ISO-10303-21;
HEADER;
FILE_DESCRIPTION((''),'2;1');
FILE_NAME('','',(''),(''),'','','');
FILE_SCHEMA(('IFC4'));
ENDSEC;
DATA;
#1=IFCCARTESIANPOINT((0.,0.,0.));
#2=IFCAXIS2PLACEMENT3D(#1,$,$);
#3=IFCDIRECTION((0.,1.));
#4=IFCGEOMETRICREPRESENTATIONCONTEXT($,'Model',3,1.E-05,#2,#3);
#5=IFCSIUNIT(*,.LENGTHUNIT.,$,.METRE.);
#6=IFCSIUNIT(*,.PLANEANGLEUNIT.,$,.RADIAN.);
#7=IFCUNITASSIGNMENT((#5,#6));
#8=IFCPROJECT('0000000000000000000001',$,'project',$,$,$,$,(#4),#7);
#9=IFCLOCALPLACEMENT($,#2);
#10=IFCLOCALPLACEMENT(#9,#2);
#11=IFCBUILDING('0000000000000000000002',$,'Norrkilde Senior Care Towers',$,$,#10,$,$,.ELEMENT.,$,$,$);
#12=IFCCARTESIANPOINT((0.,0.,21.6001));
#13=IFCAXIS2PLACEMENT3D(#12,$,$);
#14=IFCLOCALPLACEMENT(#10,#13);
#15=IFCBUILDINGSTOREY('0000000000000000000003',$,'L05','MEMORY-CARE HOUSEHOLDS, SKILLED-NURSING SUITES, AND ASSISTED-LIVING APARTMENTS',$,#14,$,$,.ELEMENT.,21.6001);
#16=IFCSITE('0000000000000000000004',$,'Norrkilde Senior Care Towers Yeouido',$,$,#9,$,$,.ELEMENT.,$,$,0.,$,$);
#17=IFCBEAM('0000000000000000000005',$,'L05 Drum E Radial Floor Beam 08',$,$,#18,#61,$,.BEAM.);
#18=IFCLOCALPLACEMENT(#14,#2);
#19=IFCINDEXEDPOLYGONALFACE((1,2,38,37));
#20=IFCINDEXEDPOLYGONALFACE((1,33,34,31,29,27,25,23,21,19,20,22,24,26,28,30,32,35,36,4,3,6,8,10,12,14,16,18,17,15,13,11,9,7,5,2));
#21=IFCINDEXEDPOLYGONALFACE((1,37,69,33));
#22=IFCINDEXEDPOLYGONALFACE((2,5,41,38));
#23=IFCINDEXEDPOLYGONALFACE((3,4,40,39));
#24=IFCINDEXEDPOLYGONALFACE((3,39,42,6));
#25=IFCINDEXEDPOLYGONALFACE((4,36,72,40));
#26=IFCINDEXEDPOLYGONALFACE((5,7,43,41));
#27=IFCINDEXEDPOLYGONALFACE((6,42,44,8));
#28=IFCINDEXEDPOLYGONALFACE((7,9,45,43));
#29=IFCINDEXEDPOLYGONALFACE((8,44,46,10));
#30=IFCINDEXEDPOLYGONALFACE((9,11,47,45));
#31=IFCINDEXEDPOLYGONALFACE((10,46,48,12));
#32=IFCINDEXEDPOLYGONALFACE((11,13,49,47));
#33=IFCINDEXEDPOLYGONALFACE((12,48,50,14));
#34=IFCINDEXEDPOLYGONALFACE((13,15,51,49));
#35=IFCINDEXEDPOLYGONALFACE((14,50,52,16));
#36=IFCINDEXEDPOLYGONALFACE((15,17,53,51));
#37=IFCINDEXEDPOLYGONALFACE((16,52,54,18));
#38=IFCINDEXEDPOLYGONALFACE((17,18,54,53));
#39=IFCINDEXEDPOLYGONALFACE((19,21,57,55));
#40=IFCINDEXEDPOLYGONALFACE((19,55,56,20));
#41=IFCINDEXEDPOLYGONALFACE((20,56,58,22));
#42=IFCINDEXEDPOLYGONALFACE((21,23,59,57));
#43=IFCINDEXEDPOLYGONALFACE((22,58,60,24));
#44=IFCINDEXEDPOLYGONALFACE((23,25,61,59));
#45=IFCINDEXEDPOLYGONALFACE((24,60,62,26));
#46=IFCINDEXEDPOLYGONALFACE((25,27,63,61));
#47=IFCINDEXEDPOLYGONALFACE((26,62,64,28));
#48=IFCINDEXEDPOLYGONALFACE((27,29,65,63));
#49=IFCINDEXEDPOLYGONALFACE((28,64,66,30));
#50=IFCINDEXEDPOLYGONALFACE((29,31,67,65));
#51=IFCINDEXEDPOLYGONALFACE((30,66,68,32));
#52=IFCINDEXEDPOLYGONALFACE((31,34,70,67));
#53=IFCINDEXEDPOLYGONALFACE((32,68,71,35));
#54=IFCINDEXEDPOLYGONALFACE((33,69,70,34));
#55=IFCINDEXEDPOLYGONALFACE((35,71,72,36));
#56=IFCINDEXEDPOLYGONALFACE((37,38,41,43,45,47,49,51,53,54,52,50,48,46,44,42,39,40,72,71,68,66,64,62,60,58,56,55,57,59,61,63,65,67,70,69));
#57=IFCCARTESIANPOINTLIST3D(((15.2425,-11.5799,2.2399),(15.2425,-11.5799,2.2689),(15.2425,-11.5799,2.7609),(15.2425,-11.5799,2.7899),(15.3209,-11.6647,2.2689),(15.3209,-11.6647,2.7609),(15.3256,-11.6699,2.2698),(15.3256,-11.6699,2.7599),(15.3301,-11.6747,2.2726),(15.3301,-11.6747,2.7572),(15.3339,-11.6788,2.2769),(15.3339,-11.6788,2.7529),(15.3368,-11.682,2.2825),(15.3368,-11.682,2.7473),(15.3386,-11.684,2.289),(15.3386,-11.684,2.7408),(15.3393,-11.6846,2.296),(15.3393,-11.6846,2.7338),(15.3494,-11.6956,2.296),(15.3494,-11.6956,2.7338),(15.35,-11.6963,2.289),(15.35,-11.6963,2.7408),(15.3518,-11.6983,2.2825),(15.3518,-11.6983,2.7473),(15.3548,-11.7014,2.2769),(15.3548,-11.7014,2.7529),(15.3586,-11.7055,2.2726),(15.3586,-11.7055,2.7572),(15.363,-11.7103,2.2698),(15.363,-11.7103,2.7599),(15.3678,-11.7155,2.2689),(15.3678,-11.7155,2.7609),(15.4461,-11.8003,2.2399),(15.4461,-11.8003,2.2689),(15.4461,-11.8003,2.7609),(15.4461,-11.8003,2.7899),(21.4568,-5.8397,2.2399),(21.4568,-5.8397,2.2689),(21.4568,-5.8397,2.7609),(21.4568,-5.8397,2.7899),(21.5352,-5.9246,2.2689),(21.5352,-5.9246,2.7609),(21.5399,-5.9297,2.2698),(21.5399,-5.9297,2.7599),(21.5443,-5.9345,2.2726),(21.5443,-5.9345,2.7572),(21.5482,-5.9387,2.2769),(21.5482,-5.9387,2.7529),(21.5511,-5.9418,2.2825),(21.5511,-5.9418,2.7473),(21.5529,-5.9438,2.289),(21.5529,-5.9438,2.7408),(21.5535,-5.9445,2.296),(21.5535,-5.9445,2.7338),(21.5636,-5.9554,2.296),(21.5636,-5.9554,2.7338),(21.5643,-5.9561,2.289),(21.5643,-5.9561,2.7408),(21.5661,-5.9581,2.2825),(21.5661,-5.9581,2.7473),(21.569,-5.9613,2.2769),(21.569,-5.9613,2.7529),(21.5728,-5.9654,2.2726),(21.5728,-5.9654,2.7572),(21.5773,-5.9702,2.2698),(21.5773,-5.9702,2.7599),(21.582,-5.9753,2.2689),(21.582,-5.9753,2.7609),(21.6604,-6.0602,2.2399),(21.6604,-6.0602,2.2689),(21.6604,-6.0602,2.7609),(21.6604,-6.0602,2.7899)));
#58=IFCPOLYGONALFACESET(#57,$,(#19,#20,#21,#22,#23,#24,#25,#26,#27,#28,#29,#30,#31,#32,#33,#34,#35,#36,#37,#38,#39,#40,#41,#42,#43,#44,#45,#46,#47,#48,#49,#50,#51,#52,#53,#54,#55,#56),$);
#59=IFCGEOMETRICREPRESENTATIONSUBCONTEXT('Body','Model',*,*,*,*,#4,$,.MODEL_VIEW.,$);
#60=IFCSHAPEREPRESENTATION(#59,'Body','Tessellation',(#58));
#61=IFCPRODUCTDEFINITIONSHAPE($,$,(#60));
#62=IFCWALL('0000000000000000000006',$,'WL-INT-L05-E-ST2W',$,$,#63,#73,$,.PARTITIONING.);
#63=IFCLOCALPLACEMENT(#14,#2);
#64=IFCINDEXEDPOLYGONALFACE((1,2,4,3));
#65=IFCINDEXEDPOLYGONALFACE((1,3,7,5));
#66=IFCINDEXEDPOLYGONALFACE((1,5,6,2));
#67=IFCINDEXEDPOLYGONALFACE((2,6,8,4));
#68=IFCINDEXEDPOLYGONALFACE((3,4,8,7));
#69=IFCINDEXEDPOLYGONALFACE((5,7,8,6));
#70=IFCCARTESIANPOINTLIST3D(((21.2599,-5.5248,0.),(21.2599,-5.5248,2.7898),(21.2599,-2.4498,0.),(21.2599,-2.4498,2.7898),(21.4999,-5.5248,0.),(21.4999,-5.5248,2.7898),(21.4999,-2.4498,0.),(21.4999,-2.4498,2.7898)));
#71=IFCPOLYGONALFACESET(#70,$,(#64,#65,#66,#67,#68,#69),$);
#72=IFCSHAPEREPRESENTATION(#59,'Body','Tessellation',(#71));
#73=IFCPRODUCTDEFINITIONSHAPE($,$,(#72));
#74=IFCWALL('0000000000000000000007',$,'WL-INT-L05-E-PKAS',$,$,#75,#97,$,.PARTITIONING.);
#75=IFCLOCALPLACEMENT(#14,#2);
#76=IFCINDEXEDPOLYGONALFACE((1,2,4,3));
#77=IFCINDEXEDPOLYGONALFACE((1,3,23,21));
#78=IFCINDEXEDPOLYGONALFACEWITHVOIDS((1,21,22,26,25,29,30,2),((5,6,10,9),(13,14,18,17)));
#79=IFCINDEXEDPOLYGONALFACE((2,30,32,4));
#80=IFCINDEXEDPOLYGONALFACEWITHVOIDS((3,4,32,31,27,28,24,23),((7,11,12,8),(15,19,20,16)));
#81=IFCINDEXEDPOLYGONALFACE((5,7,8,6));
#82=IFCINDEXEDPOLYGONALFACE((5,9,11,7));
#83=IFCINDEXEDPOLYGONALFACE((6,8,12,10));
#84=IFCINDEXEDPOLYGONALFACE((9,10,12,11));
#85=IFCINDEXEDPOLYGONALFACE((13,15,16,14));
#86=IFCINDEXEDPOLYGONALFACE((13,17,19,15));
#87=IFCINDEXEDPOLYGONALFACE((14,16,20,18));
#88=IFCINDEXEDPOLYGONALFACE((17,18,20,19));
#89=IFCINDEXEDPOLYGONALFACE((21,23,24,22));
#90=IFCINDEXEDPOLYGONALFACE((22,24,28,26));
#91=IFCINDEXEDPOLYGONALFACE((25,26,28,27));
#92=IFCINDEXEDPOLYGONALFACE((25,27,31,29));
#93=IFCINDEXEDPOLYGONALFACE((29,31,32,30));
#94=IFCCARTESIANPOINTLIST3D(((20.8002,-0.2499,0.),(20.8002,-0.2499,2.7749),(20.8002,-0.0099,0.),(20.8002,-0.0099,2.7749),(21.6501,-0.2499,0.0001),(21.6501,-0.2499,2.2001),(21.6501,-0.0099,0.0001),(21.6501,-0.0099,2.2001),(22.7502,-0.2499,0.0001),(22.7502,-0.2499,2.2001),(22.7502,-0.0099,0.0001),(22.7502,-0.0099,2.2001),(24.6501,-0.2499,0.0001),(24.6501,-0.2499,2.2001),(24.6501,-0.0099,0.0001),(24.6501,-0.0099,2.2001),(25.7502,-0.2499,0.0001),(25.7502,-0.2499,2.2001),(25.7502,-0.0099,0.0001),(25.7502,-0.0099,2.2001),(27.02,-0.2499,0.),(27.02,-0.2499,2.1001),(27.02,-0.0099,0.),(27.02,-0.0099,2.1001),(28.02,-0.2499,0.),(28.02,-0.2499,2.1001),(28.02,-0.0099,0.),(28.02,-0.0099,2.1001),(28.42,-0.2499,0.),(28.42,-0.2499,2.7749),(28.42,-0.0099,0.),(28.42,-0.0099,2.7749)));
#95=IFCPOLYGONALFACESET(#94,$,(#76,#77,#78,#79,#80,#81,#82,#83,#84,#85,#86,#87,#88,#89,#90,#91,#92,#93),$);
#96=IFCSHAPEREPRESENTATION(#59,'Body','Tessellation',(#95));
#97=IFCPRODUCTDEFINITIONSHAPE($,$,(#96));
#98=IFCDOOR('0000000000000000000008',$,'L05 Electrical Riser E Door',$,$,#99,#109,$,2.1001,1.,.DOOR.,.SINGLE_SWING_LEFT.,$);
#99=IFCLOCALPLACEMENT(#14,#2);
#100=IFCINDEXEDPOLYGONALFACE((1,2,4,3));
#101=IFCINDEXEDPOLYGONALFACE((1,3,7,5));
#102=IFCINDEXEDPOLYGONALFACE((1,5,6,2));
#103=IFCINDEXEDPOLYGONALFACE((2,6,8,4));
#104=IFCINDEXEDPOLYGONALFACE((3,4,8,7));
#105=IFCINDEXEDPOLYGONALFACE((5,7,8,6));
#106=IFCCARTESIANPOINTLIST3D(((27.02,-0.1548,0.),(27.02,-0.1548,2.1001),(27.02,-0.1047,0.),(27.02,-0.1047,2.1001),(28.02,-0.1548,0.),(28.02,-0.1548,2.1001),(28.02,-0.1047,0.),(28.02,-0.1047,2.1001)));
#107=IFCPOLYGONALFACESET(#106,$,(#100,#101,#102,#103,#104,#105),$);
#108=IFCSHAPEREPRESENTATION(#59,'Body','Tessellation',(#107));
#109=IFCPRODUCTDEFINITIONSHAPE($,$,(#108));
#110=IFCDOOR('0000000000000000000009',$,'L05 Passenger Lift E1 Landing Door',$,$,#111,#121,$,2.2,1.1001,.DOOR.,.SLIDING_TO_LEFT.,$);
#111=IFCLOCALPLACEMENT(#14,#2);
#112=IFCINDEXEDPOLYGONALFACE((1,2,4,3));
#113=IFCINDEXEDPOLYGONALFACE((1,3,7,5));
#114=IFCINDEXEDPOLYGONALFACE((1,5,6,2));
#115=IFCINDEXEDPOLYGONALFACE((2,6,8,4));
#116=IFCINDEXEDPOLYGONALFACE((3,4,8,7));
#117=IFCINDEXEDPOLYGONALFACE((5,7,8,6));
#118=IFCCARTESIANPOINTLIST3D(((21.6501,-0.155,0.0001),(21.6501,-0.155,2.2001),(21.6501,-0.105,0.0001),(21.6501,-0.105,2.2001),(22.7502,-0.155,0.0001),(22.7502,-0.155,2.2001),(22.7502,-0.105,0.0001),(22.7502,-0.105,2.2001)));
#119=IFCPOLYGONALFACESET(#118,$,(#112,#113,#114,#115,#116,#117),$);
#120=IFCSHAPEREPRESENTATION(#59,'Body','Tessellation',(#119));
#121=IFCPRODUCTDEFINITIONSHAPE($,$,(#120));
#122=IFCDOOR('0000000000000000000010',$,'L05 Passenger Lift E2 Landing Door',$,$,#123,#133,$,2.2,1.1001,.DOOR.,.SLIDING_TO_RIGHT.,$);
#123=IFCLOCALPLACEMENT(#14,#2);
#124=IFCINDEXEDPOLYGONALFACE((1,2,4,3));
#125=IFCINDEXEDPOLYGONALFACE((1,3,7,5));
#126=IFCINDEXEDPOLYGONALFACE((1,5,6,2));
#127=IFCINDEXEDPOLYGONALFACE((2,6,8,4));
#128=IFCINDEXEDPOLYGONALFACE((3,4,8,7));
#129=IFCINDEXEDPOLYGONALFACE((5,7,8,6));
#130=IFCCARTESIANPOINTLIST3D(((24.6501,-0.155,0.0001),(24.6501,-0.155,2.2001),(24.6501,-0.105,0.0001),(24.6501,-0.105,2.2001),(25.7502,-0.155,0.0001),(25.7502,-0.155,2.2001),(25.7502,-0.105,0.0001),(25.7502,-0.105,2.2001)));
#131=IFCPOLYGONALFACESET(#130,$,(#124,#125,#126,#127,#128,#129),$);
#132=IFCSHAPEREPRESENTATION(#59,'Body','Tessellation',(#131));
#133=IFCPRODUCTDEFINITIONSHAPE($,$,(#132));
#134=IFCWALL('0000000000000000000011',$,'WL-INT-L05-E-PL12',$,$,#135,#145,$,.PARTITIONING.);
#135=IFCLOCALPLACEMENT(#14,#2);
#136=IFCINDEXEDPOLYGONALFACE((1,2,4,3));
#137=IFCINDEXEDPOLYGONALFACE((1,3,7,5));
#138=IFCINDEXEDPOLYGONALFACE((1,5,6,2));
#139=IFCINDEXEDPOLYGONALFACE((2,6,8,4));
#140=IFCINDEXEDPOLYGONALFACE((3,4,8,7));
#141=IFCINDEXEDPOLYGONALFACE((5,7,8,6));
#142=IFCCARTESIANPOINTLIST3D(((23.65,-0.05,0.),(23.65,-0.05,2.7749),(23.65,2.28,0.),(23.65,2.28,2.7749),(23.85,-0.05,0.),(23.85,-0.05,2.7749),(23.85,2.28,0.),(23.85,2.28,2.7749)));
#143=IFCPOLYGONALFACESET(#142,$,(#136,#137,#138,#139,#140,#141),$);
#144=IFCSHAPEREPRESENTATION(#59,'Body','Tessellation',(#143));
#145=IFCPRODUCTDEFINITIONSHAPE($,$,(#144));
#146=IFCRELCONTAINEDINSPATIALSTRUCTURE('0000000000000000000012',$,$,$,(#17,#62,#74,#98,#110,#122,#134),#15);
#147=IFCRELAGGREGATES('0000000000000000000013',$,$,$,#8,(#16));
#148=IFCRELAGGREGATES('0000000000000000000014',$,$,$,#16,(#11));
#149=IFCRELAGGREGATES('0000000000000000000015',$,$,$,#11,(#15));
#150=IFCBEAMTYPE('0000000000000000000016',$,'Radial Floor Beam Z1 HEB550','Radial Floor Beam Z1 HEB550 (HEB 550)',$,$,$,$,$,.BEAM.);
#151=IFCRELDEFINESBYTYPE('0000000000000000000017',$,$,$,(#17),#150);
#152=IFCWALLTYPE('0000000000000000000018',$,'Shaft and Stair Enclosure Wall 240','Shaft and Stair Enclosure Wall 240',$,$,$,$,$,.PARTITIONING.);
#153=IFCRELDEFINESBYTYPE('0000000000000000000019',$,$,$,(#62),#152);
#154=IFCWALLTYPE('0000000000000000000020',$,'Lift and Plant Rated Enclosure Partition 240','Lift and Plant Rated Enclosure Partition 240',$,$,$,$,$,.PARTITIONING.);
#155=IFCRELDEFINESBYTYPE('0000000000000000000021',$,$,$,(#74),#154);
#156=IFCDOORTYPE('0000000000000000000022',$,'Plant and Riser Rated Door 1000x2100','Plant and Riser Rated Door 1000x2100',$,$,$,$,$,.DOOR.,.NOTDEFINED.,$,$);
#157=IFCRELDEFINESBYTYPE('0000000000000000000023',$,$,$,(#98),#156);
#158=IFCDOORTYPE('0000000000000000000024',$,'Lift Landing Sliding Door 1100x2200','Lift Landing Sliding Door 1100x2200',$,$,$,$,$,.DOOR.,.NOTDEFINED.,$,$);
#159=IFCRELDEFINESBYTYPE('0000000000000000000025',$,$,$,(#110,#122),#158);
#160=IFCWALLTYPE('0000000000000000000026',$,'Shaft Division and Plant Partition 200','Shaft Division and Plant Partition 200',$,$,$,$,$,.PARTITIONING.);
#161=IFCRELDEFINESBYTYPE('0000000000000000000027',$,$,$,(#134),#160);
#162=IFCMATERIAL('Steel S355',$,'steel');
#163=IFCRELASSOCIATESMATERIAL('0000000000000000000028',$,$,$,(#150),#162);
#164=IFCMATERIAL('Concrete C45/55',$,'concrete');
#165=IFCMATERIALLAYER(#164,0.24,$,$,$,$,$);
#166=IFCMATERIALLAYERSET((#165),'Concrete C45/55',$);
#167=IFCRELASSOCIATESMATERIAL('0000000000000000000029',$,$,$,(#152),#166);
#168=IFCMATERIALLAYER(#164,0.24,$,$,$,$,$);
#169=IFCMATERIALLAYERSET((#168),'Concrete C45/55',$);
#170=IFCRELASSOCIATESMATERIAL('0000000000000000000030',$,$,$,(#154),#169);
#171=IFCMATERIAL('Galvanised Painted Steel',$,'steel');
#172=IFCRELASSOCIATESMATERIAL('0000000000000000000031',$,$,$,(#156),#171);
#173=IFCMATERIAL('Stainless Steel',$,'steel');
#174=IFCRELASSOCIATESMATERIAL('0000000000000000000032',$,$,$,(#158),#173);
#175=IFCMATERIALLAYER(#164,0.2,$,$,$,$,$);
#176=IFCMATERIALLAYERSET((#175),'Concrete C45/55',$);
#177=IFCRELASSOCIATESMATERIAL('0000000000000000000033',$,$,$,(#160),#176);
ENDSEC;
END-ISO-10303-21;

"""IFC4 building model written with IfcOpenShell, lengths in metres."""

from ifc_helpers import new_model, si_unit, direction, frame, frame_2d, origin, origin_2d, place, context, subcontext, project, spatial, rectangle, i_section, extrude, source, transform, mapped, material, layer, layer_set, material_profile, profile_set, type_object, type_shapes, element, fill, save


model = new_model("IFC4")

# Units and contexts
model_context = context("Model", 3, precision=1e-05, world=origin(), true_north=direction((0.0, 1.0)))
body_context = subcontext(model_context, "Body", "Model", "MODEL_VIEW")
ifc_project = project(units=[si_unit("LENGTHUNIT", "METRE"), si_unit("PLANEANGLEUNIT", "RADIAN")], contexts=[model_context])

# Site, building, storey
site_placement = place(None, origin())
site = spatial("IfcSite", under=ifc_project, at=site_placement, Name="Norrkilde Senior Care Towers Yeouido", CompositionType="ELEMENT", RefElevation=0.0)
building_placement = place(site_placement, origin())
building = spatial("IfcBuilding", under=site, at=building_placement, Name="Norrkilde Senior Care Towers", CompositionType="ELEMENT")
storey_placement = place(building_placement, frame((0.0, 0.0, 21.6001)))
storey = spatial("IfcBuildingStorey", under=building, at=storey_placement, Name="L05", Description="MEMORY-CARE HOUSEHOLDS, SKILLED-NURSING SUITES, AND ASSISTED-LIVING APARTMENTS", CompositionType="ELEMENT", Elevation=21.6001)

# Beam
ifc_material_1 = material(Name="Steel S355", Category="steel")
ifc_material_profile_1 = material_profile(ifc_material_1, i_section(OverallWidth=0.3, OverallDepth=0.55, WebThickness=0.0149, FlangeThickness=0.0291, FilletRadius=0.0271, at=origin_2d()), Name="HEB 550")
ifc_profile_set_1 = profile_set([ifc_material_profile_1], Name="Steel S355")
beam_type_1 = type_object("IfcBeamType", Name="Radial Floor Beam Z1 HEB550", Description="Radial Floor Beam Z1 HEB550 (HEB 550)", PredefinedType="BEAM", material=ifc_profile_set_1)
shared_shape_1 = source(origin(), body_context, "Body", "SweptSolid", [
    extrude(i_section(OverallWidth=0.3, OverallDepth=0.55, WebThickness=0.0149, FlangeThickness=0.0291, FilletRadius=0.0271, at=origin_2d()), origin(), (0.0, 0.0, 1.0), 8.4597),
])
beam_1_placement = place(storey_placement, frame((21.5586, -5.95, 2.5149), z_axis=(-0.734573, -0.678529, 0.0), x_axis=(0.678529, -0.734573, 0.0)))
element("IfcBeam", 1, at=beam_1_placement, inside=storey, type_object=beam_type_1, Name="L05 Drum E Radial Floor Beam 08", PredefinedType="BEAM", context=body_context, shape_type="MappedRepresentation", body=[
    mapped(shared_shape_1, transform((0.0, 0.0, 0.0), x_axis=(1.0, 0.0, 0.0), y_axis=(0.0, 1.0, 0.0), z_axis=(0.0, 0.0, 1.0), scale=1.0)),
])

# Shared definitions
ifc_material_2 = material(Name="Galvanised Painted Steel", Category="steel")
ifc_material_3 = material(Name="Concrete C45/55", Category="concrete")
ifc_layer_1 = layer(ifc_material_3, 0.24)
ifc_layer_set_1 = layer_set([ifc_layer_1], Name="Concrete C45/55")
wall_type_1 = type_object("IfcWallType", Name="Shaft and Stair Enclosure Wall 240", Description="Shaft and Stair Enclosure Wall 240", PredefinedType="PARTITIONING", material=ifc_layer_set_1)

# Wall
shared_shape_2 = source(origin(), body_context, "Body", "SweptSolid", [
    extrude(rectangle(XDim=3.075, YDim=0.24, at=frame_2d((1.5376, 0.0))), origin(), (0.0, 0.0, 1.0), 2.7898),
])
wall_1_placement = place(storey_placement, frame((21.3799, -5.5249, 0.0), z_axis=(0.0, 0.0, 1.0), x_axis=(0.0, 1.0, 0.0)))
element("IfcWall", 2, at=wall_1_placement, inside=storey, type_object=wall_type_1, Name="WL-INT-L05-E-ST2W", PredefinedType="PARTITIONING", context=body_context, shape_type="MappedRepresentation", body=[
    mapped(shared_shape_2, transform((0.0, 0.0, 0.0), x_axis=(1.0, 0.0, 0.0), y_axis=(0.0, 1.0, 0.0), z_axis=(0.0, 0.0, 1.0), scale=1.0)),
])

# Wall, openings, doors
ifc_layer_2 = layer(ifc_material_3, 0.24)
ifc_layer_set_2 = layer_set([ifc_layer_2], Name="Concrete C45/55")
wall_type_2 = type_object("IfcWallType", Name="Lift and Plant Rated Enclosure Partition 240", Description="Lift and Plant Rated Enclosure Partition 240", PredefinedType="PARTITIONING", material=ifc_layer_set_2)
shared_shape_3 = source(origin(), body_context, "Body", "SweptSolid", [
    extrude(rectangle(XDim=7.6199, YDim=0.24, at=frame_2d((3.8101, 0.0))), origin(), (0.0, 0.0, 1.0), 2.7749),
])
type_shapes(wall_type_2, [shared_shape_3])
wall_2_placement = place(storey_placement, frame((20.8, -0.1299, 0.0), z_axis=(0.0, 0.0, 1.0), x_axis=(1.0, 0.0, 0.0)))
wall_2 = element("IfcWall", 3, at=wall_2_placement, inside=storey, type_object=wall_type_2, Name="WL-INT-L05-E-PKAS", PredefinedType="PARTITIONING", context=body_context, shape_type="MappedRepresentation", body=[
    mapped(shared_shape_3, transform((0.0, 0.0, 0.0), x_axis=(1.0, 0.0, 0.0), y_axis=(0.0, 1.0, 0.0), z_axis=(0.0, 0.0, 1.0), scale=1.0)),
])
opening_1_placement = place(wall_2_placement, frame((6.22, 0.0, 0.0)))
opening_1 = element("IfcOpeningElement", 4, at=opening_1_placement, cuts=wall_2, PredefinedType="OPENING", context=body_context, shape_type="SweptSolid", body=[
    extrude(rectangle(XDim=1.0, YDim=2.1001, at=frame_2d((0.5, 1.05))), frame((0.0, 0.1299, 0.0), z_axis=(0.0, -1.0, 0.0), x_axis=(1.0, 0.0, 0.0)), (0.0, 0.0, 1.0), 0.26),
])
opening_2_placement = place(wall_2_placement, frame((0.8501, 0.0, 0.0)))
opening_2 = element("IfcOpeningElement", 5, at=opening_2_placement, cuts=wall_2, PredefinedType="OPENING", context=body_context, shape_type="SweptSolid", body=[
    extrude(rectangle(XDim=1.1001, YDim=2.2, at=frame_2d((0.55, 1.1001))), frame((0.0, 0.1299, 0.0), z_axis=(0.0, -1.0, 0.0), x_axis=(1.0, 0.0, 0.0)), (0.0, 0.0, 1.0), 0.26),
])
opening_3_placement = place(wall_2_placement, frame((3.8501, 0.0, 0.0)))
opening_3 = element("IfcOpeningElement", 6, at=opening_3_placement, cuts=wall_2, PredefinedType="OPENING", context=body_context, shape_type="SweptSolid", body=[
    extrude(rectangle(XDim=1.1001, YDim=2.2, at=frame_2d((0.55, 1.1001))), frame((0.0, 0.1299, 0.0), z_axis=(0.0, -1.0, 0.0), x_axis=(1.0, 0.0, 0.0)), (0.0, 0.0, 1.0), 0.26),
])
door_type_1 = type_object("IfcDoorType", Name="Plant and Riser Rated Door 1000x2100", Description="Plant and Riser Rated Door 1000x2100", OperationType="NOTDEFINED", PredefinedType="DOOR", material=ifc_material_2)
shared_shape_4 = source(origin(), body_context, "Body", "SweptSolid", [
    extrude(rectangle(XDim=1.0, YDim=2.1001, at=frame_2d((0.5, 1.05))), frame((0.0, 0.0249, 0.0), z_axis=(0.0, -1.0, 0.0), x_axis=(1.0, 0.0, 0.0)), (0.0, 0.0, 1.0), 0.05),
])
type_shapes(door_type_1, [shared_shape_4])
door_1_placement = place(opening_1_placement, frame((1.0, 0.0, 0.0), z_axis=(0.0, 0.0, 1.0), x_axis=(-1.0, 0.0, 0.0)))
door_1 = element("IfcDoor", 7, at=door_1_placement, inside=storey, type_object=door_type_1, Name="L05 Electrical Riser E Door", OperationType="SINGLE_SWING_LEFT", OverallHeight=2.1001, OverallWidth=1.0, PredefinedType="DOOR", context=body_context, shape_type="MappedRepresentation", body=[
    mapped(shared_shape_4, transform((0.0, 0.0, 0.0), x_axis=(1.0, 0.0, 0.0), y_axis=(0.0, 1.0, 0.0), z_axis=(0.0, 0.0, 1.0), scale=1.0)),
])
fill(opening_1, door_1)
ifc_material_4 = material(Name="Stainless Steel", Category="steel")
door_type_2 = type_object("IfcDoorType", Name="Lift Landing Sliding Door 1100x2200", Description="Lift Landing Sliding Door 1100x2200", OperationType="NOTDEFINED", PredefinedType="DOOR", material=ifc_material_4)
shared_shape_5 = source(origin(), body_context, "Body", "SweptSolid", [
    extrude(rectangle(XDim=1.1001, YDim=2.2, at=frame_2d((0.55, 1.1001))), frame((0.0, 0.0249, 0.0), z_axis=(0.0, -1.0, 0.0), x_axis=(1.0, 0.0, 0.0)), (0.0, 0.0, 1.0), 0.05),
])
type_shapes(door_type_2, [shared_shape_5])
door_2_placement = place(opening_2_placement, origin())
door_2 = element("IfcDoor", 8, at=door_2_placement, inside=storey, type_object=door_type_2, Name="L05 Passenger Lift E1 Landing Door", OperationType="SLIDING_TO_LEFT", OverallHeight=2.2, OverallWidth=1.1001, PredefinedType="DOOR", context=body_context, shape_type="MappedRepresentation", body=[
    mapped(shared_shape_5, transform((0.0, 0.0, 0.0), x_axis=(1.0, 0.0, 0.0), y_axis=(0.0, 1.0, 0.0), z_axis=(0.0, 0.0, 1.0), scale=1.0)),
])
fill(opening_2, door_2)
door_3_placement = place(opening_3_placement, origin())
door_3 = element("IfcDoor", 9, at=door_3_placement, inside=storey, type_object=door_type_2, Name="L05 Passenger Lift E2 Landing Door", OperationType="SLIDING_TO_RIGHT", OverallHeight=2.2, OverallWidth=1.1001, PredefinedType="DOOR", context=body_context, shape_type="MappedRepresentation", body=[
    mapped(shared_shape_5, transform((0.0, 0.0, 0.0), x_axis=(1.0, 0.0, 0.0), y_axis=(0.0, 1.0, 0.0), z_axis=(0.0, 0.0, 1.0), scale=1.0)),
])
fill(opening_3, door_3)

# Wall
ifc_layer_3 = layer(ifc_material_3, 0.2)
ifc_layer_set_3 = layer_set([ifc_layer_3], Name="Concrete C45/55")
wall_type_3 = type_object("IfcWallType", Name="Shaft Division and Plant Partition 200", Description="Shaft Division and Plant Partition 200", PredefinedType="PARTITIONING", material=ifc_layer_set_3)
shared_shape_6 = source(origin(), body_context, "Body", "SweptSolid", [
    extrude(rectangle(XDim=2.3301, YDim=0.2, at=frame_2d((1.165, 0.0))), origin(), (0.0, 0.0, 1.0), 2.7749),
])
type_shapes(wall_type_3, [shared_shape_6])
wall_3_placement = place(storey_placement, frame((23.75, -0.05, 0.0), z_axis=(0.0, 0.0, 1.0), x_axis=(0.0, 1.0, 0.0)))
element("IfcWall", 10, at=wall_3_placement, inside=storey, type_object=wall_type_3, Name="WL-INT-L05-E-PL12", PredefinedType="PARTITIONING", context=body_context, shape_type="MappedRepresentation", body=[
    mapped(shared_shape_6, transform((0.0, 0.0, 0.0), x_axis=(1.0, 0.0, 0.0), y_axis=(0.0, 1.0, 0.0), z_axis=(0.0, 0.0, 1.0), scale=1.0)),
])

save(model, "model.ifc")
